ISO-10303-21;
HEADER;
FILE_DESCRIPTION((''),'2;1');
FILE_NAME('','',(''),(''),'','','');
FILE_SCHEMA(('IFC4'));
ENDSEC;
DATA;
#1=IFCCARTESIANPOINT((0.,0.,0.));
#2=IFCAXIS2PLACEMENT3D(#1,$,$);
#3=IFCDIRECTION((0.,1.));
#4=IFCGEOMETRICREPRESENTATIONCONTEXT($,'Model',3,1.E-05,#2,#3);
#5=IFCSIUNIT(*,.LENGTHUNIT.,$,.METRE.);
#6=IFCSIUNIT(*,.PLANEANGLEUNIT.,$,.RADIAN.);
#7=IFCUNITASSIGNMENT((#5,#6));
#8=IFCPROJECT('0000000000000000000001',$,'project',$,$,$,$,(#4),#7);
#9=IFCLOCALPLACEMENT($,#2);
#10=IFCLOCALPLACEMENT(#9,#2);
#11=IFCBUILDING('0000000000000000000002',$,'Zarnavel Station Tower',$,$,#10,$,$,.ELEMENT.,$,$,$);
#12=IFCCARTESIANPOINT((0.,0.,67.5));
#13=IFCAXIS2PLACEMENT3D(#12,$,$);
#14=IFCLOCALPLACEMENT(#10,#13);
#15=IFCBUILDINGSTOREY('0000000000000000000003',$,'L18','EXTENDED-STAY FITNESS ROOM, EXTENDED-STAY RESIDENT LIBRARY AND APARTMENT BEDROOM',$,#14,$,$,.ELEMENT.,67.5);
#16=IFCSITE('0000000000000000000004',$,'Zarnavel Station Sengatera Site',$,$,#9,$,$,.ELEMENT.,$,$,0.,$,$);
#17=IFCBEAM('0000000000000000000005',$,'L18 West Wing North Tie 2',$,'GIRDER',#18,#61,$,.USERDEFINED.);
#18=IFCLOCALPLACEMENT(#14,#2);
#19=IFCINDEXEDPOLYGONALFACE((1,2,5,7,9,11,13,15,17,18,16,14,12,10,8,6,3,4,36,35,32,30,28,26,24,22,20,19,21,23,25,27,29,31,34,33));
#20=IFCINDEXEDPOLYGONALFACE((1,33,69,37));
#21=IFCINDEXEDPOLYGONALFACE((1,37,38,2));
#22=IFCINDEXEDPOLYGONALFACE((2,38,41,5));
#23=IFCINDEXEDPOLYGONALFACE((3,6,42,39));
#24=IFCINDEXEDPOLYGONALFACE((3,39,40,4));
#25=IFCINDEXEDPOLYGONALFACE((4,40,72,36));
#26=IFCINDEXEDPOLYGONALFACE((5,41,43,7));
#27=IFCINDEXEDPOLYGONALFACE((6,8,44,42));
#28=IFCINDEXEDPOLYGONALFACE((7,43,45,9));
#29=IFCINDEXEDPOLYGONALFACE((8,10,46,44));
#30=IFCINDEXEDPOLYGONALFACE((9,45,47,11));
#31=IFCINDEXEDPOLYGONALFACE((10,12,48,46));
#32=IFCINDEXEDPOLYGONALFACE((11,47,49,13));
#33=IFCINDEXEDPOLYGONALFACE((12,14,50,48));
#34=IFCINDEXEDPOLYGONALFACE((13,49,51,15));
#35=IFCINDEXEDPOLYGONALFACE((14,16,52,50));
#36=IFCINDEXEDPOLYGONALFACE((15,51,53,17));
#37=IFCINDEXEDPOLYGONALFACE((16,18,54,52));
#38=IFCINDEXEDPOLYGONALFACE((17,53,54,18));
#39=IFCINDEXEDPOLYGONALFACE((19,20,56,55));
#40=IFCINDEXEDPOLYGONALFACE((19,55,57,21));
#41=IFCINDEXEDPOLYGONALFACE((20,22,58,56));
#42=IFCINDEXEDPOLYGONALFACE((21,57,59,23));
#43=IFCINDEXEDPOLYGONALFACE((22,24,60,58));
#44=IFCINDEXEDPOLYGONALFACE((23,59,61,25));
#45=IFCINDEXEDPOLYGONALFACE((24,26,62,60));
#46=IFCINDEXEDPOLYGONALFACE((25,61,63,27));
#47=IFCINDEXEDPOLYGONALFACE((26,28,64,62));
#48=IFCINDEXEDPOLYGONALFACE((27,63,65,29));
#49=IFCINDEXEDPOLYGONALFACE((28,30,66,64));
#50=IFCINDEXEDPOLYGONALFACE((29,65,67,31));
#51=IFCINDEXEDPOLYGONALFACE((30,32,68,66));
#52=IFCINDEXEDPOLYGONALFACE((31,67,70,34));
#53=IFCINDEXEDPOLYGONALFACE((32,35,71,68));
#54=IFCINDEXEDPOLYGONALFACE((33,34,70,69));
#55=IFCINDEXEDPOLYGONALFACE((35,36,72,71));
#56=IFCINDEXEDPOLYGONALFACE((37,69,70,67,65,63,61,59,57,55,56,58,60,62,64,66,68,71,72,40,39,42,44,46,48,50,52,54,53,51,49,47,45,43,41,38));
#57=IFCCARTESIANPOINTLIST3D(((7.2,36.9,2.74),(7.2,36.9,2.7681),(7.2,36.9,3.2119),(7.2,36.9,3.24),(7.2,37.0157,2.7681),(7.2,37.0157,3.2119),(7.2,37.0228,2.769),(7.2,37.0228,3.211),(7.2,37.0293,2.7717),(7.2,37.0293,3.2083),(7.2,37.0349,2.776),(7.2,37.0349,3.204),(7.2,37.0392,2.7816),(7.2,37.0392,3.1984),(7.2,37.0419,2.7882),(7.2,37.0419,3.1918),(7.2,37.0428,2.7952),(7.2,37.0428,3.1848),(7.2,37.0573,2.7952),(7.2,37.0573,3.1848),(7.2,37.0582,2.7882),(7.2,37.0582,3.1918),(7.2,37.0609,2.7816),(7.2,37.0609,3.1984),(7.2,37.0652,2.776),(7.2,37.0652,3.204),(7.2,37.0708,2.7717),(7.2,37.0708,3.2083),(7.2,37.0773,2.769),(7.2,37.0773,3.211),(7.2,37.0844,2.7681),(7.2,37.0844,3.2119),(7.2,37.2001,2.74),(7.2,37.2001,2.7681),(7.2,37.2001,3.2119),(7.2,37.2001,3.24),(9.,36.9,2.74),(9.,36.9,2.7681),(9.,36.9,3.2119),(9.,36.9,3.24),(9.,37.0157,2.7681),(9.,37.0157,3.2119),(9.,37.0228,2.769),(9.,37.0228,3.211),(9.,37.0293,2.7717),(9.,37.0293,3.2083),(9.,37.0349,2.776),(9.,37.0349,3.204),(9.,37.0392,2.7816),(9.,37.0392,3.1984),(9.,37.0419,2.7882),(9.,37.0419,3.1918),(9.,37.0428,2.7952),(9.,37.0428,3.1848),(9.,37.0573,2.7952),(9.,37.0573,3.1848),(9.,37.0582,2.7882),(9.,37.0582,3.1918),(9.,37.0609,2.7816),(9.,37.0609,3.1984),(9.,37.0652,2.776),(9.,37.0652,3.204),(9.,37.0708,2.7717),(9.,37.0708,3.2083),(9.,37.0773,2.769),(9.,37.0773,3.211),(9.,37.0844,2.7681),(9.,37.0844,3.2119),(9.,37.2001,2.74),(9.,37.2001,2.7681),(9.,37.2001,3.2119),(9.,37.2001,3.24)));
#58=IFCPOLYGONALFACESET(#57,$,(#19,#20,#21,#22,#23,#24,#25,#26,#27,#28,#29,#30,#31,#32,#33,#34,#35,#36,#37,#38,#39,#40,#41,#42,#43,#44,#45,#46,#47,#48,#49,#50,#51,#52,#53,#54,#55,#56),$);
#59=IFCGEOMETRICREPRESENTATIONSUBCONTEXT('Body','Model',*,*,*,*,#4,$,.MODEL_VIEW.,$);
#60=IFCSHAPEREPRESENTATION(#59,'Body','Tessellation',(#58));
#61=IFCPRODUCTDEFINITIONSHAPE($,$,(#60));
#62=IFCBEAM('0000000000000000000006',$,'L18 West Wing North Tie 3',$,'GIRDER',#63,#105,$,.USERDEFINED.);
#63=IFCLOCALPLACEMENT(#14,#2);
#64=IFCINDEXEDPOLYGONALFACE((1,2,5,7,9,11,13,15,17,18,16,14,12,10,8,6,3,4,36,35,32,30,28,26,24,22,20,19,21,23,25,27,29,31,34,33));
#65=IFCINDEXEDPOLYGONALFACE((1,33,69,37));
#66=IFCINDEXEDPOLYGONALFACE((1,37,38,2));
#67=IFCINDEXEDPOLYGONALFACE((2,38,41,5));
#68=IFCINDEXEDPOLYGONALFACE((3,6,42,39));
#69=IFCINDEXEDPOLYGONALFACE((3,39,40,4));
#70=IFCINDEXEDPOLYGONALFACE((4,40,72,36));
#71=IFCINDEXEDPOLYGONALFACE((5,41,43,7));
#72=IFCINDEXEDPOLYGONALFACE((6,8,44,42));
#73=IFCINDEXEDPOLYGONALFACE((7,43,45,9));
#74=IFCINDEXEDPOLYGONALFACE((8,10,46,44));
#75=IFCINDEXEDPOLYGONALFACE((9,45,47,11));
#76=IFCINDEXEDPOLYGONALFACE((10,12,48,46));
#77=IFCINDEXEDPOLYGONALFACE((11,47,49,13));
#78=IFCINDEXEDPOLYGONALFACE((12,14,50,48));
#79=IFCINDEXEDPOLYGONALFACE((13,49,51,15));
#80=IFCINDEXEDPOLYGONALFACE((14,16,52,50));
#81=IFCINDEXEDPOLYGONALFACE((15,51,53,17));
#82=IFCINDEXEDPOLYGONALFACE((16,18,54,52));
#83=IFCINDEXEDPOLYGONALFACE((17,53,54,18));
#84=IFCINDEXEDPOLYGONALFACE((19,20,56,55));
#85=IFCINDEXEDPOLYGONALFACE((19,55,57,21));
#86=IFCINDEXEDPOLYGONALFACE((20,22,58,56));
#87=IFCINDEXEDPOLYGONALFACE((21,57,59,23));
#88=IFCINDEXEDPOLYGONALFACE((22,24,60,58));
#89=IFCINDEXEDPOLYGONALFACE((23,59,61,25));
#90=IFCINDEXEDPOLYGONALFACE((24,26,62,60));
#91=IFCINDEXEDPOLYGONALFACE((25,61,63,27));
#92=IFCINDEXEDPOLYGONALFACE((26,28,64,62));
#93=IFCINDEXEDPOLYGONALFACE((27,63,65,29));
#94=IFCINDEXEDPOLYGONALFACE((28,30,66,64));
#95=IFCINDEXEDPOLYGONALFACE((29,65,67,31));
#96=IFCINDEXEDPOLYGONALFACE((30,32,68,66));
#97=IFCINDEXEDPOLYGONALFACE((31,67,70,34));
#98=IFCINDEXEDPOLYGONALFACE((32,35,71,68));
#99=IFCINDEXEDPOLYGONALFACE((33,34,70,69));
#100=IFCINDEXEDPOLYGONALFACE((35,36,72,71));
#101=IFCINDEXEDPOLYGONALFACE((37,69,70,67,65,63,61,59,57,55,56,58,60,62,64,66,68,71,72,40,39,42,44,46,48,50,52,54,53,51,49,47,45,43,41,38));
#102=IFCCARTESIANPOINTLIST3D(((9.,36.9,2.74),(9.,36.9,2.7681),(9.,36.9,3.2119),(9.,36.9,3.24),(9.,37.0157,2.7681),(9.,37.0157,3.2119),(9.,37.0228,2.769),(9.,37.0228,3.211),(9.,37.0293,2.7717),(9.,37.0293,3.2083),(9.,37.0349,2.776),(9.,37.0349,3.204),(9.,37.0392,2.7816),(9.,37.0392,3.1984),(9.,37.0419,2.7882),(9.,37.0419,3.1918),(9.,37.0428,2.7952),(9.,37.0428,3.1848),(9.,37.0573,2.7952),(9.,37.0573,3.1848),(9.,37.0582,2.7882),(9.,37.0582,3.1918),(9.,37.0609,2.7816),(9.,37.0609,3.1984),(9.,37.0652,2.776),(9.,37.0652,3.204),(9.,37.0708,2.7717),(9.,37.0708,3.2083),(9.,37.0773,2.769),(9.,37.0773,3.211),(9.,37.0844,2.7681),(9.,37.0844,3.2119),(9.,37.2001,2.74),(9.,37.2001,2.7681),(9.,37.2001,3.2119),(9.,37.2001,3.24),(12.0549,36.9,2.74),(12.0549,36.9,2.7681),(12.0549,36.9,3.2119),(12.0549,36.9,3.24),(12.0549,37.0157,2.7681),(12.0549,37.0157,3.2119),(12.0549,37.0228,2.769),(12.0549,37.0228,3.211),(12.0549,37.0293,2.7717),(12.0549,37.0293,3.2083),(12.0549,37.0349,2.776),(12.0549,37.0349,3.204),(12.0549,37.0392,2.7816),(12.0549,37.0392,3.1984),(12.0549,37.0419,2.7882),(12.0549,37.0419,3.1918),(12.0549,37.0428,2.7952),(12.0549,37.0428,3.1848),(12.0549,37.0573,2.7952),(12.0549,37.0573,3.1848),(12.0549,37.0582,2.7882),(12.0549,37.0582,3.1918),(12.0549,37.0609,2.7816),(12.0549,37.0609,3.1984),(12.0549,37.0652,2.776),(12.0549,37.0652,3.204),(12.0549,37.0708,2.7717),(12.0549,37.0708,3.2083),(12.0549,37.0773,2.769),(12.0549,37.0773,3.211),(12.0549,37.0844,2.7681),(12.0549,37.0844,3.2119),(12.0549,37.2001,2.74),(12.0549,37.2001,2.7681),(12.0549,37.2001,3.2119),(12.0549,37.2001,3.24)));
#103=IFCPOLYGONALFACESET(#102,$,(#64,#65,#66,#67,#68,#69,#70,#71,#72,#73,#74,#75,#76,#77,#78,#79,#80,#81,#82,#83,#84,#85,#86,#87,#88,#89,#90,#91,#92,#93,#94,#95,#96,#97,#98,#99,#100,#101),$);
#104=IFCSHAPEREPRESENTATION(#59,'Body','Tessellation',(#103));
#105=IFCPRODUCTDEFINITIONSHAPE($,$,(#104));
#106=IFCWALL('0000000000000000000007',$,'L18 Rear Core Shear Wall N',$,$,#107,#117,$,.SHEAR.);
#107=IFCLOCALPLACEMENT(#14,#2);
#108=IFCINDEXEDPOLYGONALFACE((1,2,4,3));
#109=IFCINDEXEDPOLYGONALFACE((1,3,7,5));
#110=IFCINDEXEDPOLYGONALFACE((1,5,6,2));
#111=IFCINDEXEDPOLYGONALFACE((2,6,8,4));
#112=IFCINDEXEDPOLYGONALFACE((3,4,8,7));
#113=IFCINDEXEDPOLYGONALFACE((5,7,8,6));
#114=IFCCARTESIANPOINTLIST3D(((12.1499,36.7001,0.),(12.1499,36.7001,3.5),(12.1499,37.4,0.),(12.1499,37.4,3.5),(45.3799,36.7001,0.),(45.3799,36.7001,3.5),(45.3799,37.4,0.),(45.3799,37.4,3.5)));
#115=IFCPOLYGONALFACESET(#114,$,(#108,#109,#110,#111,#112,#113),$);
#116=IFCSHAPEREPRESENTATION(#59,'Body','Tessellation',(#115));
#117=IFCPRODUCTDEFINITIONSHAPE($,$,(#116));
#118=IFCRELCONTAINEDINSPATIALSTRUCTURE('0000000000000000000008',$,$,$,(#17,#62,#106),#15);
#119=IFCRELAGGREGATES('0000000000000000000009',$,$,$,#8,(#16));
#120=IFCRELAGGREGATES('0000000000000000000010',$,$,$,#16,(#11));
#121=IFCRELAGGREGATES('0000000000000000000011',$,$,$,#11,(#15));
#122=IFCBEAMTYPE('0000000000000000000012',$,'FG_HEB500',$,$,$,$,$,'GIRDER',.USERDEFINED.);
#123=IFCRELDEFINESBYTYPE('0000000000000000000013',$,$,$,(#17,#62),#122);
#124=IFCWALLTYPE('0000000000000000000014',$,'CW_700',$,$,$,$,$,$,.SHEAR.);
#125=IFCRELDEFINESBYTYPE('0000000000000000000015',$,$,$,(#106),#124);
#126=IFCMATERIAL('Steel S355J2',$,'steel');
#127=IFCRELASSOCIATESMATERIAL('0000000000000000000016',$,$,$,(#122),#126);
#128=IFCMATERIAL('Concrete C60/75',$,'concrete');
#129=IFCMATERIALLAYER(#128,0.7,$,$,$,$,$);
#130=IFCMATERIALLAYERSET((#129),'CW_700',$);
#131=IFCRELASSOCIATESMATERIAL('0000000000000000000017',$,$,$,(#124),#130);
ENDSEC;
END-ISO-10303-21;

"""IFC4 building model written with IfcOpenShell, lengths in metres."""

from ifc_helpers import new_model, si_unit, direction, frame, frame_2d, origin, origin_2d, place, context, subcontext, project, spatial, rectangle, i_section, extrude, material, layer, layer_set, material_profile, profile_set, type_object, element, save


model = new_model("IFC4")

# Units and contexts
model_context = context("Model", 3, precision=1e-05, world=origin(), true_north=direction((0.0, 1.0)))
body_context = subcontext(model_context, "Body", "Model", "MODEL_VIEW")
ifc_project = project(units=[si_unit("LENGTHUNIT", "METRE"), si_unit("PLANEANGLEUNIT", "RADIAN")], contexts=[model_context])

# Site, building, storey
site_placement = place(None, origin())
site = spatial("IfcSite", under=ifc_project, at=site_placement, Name="Zarnavel Station Sengatera Site", CompositionType="ELEMENT", RefElevation=0.0)
building_placement = place(site_placement, origin())
building = spatial("IfcBuilding", under=site, at=building_placement, Name="Zarnavel Station Tower", CompositionType="ELEMENT")
storey_placement = place(building_placement, frame((0.0, 0.0, 67.5)))
storey = spatial("IfcBuildingStorey", under=building, at=storey_placement, Name="L18", Description="EXTENDED-STAY FITNESS ROOM, EXTENDED-STAY RESIDENT LIBRARY AND APARTMENT BEDROOM", CompositionType="ELEMENT", Elevation=67.5)

# Beams
ifc_material_1 = material(Name="Steel S355J2", Category="steel")
ifc_material_profile_1 = material_profile(ifc_material_1, i_section(OverallWidth=0.3, OverallDepth=0.5, WebThickness=0.0144, FlangeThickness=0.0281, FilletRadius=0.0271, at=origin_2d()), Name="HEB500")
ifc_profile_set_1 = profile_set([ifc_material_profile_1], Name="Steel S355J2")
beam_type = type_object("IfcBeamType", Name="FG_HEB500", ElementType="GIRDER", PredefinedType="USERDEFINED", material=ifc_profile_set_1)
beam_1_placement = place(storey_placement, frame((7.2, 37.05, 2.99), z_axis=(1.0, 0.0, 0.0), x_axis=(0.0, 1.0, 0.0)))
element("IfcBeam", 1, at=beam_1_placement, inside=storey, type_object=beam_type, Name="L18 West Wing North Tie 2", ObjectType="GIRDER", PredefinedType="USERDEFINED", context=body_context, shape_type="SweptSolid", body=[
    extrude(i_section(OverallWidth=0.3, OverallDepth=0.5, WebThickness=0.0144, FlangeThickness=0.0281, FilletRadius=0.0271, at=origin_2d()), origin(), (0.0, 0.0, 1.0), 1.8),
])
beam_2_placement = place(storey_placement, frame((9.0, 37.05, 2.99), z_axis=(1.0, 0.0, 0.0), x_axis=(0.0, 1.0, 0.0)))
element("IfcBeam", 2, at=beam_2_placement, inside=storey, type_object=beam_type, Name="L18 West Wing North Tie 3", ObjectType="GIRDER", PredefinedType="USERDEFINED", context=body_context, shape_type="SweptSolid", body=[
    extrude(i_section(OverallWidth=0.3, OverallDepth=0.5, WebThickness=0.0144, FlangeThickness=0.0281, FilletRadius=0.0271, at=origin_2d()), origin(), (0.0, 0.0, 1.0), 3.0549),
])

# Wall
ifc_material_2 = material(Name="Concrete C60/75", Category="concrete")
ifc_layer_1 = layer(ifc_material_2, 0.7)
ifc_layer_set_1 = layer_set([ifc_layer_1], Name="CW_700")
wall_type_1 = type_object("IfcWallType", Name="CW_700", PredefinedType="SHEAR", material=ifc_layer_set_1)
wall_1_placement = place(storey_placement, frame((12.1499, 37.05, 0.0), z_axis=(0.0, 0.0, 1.0), x_axis=(1.0, 0.0, 0.0)))
element("IfcWall", 3, at=wall_1_placement, inside=storey, type_object=wall_type_1, Name="L18 Rear Core Shear Wall N", PredefinedType="SHEAR", context=body_context, shape_type="SweptSolid", body=[
    extrude(rectangle(XDim=33.23, YDim=0.7, at=frame_2d((16.615, 0.0))), origin(), (0.0, 0.0, 1.0), 3.5),
])

save(model, "model.ifc")
